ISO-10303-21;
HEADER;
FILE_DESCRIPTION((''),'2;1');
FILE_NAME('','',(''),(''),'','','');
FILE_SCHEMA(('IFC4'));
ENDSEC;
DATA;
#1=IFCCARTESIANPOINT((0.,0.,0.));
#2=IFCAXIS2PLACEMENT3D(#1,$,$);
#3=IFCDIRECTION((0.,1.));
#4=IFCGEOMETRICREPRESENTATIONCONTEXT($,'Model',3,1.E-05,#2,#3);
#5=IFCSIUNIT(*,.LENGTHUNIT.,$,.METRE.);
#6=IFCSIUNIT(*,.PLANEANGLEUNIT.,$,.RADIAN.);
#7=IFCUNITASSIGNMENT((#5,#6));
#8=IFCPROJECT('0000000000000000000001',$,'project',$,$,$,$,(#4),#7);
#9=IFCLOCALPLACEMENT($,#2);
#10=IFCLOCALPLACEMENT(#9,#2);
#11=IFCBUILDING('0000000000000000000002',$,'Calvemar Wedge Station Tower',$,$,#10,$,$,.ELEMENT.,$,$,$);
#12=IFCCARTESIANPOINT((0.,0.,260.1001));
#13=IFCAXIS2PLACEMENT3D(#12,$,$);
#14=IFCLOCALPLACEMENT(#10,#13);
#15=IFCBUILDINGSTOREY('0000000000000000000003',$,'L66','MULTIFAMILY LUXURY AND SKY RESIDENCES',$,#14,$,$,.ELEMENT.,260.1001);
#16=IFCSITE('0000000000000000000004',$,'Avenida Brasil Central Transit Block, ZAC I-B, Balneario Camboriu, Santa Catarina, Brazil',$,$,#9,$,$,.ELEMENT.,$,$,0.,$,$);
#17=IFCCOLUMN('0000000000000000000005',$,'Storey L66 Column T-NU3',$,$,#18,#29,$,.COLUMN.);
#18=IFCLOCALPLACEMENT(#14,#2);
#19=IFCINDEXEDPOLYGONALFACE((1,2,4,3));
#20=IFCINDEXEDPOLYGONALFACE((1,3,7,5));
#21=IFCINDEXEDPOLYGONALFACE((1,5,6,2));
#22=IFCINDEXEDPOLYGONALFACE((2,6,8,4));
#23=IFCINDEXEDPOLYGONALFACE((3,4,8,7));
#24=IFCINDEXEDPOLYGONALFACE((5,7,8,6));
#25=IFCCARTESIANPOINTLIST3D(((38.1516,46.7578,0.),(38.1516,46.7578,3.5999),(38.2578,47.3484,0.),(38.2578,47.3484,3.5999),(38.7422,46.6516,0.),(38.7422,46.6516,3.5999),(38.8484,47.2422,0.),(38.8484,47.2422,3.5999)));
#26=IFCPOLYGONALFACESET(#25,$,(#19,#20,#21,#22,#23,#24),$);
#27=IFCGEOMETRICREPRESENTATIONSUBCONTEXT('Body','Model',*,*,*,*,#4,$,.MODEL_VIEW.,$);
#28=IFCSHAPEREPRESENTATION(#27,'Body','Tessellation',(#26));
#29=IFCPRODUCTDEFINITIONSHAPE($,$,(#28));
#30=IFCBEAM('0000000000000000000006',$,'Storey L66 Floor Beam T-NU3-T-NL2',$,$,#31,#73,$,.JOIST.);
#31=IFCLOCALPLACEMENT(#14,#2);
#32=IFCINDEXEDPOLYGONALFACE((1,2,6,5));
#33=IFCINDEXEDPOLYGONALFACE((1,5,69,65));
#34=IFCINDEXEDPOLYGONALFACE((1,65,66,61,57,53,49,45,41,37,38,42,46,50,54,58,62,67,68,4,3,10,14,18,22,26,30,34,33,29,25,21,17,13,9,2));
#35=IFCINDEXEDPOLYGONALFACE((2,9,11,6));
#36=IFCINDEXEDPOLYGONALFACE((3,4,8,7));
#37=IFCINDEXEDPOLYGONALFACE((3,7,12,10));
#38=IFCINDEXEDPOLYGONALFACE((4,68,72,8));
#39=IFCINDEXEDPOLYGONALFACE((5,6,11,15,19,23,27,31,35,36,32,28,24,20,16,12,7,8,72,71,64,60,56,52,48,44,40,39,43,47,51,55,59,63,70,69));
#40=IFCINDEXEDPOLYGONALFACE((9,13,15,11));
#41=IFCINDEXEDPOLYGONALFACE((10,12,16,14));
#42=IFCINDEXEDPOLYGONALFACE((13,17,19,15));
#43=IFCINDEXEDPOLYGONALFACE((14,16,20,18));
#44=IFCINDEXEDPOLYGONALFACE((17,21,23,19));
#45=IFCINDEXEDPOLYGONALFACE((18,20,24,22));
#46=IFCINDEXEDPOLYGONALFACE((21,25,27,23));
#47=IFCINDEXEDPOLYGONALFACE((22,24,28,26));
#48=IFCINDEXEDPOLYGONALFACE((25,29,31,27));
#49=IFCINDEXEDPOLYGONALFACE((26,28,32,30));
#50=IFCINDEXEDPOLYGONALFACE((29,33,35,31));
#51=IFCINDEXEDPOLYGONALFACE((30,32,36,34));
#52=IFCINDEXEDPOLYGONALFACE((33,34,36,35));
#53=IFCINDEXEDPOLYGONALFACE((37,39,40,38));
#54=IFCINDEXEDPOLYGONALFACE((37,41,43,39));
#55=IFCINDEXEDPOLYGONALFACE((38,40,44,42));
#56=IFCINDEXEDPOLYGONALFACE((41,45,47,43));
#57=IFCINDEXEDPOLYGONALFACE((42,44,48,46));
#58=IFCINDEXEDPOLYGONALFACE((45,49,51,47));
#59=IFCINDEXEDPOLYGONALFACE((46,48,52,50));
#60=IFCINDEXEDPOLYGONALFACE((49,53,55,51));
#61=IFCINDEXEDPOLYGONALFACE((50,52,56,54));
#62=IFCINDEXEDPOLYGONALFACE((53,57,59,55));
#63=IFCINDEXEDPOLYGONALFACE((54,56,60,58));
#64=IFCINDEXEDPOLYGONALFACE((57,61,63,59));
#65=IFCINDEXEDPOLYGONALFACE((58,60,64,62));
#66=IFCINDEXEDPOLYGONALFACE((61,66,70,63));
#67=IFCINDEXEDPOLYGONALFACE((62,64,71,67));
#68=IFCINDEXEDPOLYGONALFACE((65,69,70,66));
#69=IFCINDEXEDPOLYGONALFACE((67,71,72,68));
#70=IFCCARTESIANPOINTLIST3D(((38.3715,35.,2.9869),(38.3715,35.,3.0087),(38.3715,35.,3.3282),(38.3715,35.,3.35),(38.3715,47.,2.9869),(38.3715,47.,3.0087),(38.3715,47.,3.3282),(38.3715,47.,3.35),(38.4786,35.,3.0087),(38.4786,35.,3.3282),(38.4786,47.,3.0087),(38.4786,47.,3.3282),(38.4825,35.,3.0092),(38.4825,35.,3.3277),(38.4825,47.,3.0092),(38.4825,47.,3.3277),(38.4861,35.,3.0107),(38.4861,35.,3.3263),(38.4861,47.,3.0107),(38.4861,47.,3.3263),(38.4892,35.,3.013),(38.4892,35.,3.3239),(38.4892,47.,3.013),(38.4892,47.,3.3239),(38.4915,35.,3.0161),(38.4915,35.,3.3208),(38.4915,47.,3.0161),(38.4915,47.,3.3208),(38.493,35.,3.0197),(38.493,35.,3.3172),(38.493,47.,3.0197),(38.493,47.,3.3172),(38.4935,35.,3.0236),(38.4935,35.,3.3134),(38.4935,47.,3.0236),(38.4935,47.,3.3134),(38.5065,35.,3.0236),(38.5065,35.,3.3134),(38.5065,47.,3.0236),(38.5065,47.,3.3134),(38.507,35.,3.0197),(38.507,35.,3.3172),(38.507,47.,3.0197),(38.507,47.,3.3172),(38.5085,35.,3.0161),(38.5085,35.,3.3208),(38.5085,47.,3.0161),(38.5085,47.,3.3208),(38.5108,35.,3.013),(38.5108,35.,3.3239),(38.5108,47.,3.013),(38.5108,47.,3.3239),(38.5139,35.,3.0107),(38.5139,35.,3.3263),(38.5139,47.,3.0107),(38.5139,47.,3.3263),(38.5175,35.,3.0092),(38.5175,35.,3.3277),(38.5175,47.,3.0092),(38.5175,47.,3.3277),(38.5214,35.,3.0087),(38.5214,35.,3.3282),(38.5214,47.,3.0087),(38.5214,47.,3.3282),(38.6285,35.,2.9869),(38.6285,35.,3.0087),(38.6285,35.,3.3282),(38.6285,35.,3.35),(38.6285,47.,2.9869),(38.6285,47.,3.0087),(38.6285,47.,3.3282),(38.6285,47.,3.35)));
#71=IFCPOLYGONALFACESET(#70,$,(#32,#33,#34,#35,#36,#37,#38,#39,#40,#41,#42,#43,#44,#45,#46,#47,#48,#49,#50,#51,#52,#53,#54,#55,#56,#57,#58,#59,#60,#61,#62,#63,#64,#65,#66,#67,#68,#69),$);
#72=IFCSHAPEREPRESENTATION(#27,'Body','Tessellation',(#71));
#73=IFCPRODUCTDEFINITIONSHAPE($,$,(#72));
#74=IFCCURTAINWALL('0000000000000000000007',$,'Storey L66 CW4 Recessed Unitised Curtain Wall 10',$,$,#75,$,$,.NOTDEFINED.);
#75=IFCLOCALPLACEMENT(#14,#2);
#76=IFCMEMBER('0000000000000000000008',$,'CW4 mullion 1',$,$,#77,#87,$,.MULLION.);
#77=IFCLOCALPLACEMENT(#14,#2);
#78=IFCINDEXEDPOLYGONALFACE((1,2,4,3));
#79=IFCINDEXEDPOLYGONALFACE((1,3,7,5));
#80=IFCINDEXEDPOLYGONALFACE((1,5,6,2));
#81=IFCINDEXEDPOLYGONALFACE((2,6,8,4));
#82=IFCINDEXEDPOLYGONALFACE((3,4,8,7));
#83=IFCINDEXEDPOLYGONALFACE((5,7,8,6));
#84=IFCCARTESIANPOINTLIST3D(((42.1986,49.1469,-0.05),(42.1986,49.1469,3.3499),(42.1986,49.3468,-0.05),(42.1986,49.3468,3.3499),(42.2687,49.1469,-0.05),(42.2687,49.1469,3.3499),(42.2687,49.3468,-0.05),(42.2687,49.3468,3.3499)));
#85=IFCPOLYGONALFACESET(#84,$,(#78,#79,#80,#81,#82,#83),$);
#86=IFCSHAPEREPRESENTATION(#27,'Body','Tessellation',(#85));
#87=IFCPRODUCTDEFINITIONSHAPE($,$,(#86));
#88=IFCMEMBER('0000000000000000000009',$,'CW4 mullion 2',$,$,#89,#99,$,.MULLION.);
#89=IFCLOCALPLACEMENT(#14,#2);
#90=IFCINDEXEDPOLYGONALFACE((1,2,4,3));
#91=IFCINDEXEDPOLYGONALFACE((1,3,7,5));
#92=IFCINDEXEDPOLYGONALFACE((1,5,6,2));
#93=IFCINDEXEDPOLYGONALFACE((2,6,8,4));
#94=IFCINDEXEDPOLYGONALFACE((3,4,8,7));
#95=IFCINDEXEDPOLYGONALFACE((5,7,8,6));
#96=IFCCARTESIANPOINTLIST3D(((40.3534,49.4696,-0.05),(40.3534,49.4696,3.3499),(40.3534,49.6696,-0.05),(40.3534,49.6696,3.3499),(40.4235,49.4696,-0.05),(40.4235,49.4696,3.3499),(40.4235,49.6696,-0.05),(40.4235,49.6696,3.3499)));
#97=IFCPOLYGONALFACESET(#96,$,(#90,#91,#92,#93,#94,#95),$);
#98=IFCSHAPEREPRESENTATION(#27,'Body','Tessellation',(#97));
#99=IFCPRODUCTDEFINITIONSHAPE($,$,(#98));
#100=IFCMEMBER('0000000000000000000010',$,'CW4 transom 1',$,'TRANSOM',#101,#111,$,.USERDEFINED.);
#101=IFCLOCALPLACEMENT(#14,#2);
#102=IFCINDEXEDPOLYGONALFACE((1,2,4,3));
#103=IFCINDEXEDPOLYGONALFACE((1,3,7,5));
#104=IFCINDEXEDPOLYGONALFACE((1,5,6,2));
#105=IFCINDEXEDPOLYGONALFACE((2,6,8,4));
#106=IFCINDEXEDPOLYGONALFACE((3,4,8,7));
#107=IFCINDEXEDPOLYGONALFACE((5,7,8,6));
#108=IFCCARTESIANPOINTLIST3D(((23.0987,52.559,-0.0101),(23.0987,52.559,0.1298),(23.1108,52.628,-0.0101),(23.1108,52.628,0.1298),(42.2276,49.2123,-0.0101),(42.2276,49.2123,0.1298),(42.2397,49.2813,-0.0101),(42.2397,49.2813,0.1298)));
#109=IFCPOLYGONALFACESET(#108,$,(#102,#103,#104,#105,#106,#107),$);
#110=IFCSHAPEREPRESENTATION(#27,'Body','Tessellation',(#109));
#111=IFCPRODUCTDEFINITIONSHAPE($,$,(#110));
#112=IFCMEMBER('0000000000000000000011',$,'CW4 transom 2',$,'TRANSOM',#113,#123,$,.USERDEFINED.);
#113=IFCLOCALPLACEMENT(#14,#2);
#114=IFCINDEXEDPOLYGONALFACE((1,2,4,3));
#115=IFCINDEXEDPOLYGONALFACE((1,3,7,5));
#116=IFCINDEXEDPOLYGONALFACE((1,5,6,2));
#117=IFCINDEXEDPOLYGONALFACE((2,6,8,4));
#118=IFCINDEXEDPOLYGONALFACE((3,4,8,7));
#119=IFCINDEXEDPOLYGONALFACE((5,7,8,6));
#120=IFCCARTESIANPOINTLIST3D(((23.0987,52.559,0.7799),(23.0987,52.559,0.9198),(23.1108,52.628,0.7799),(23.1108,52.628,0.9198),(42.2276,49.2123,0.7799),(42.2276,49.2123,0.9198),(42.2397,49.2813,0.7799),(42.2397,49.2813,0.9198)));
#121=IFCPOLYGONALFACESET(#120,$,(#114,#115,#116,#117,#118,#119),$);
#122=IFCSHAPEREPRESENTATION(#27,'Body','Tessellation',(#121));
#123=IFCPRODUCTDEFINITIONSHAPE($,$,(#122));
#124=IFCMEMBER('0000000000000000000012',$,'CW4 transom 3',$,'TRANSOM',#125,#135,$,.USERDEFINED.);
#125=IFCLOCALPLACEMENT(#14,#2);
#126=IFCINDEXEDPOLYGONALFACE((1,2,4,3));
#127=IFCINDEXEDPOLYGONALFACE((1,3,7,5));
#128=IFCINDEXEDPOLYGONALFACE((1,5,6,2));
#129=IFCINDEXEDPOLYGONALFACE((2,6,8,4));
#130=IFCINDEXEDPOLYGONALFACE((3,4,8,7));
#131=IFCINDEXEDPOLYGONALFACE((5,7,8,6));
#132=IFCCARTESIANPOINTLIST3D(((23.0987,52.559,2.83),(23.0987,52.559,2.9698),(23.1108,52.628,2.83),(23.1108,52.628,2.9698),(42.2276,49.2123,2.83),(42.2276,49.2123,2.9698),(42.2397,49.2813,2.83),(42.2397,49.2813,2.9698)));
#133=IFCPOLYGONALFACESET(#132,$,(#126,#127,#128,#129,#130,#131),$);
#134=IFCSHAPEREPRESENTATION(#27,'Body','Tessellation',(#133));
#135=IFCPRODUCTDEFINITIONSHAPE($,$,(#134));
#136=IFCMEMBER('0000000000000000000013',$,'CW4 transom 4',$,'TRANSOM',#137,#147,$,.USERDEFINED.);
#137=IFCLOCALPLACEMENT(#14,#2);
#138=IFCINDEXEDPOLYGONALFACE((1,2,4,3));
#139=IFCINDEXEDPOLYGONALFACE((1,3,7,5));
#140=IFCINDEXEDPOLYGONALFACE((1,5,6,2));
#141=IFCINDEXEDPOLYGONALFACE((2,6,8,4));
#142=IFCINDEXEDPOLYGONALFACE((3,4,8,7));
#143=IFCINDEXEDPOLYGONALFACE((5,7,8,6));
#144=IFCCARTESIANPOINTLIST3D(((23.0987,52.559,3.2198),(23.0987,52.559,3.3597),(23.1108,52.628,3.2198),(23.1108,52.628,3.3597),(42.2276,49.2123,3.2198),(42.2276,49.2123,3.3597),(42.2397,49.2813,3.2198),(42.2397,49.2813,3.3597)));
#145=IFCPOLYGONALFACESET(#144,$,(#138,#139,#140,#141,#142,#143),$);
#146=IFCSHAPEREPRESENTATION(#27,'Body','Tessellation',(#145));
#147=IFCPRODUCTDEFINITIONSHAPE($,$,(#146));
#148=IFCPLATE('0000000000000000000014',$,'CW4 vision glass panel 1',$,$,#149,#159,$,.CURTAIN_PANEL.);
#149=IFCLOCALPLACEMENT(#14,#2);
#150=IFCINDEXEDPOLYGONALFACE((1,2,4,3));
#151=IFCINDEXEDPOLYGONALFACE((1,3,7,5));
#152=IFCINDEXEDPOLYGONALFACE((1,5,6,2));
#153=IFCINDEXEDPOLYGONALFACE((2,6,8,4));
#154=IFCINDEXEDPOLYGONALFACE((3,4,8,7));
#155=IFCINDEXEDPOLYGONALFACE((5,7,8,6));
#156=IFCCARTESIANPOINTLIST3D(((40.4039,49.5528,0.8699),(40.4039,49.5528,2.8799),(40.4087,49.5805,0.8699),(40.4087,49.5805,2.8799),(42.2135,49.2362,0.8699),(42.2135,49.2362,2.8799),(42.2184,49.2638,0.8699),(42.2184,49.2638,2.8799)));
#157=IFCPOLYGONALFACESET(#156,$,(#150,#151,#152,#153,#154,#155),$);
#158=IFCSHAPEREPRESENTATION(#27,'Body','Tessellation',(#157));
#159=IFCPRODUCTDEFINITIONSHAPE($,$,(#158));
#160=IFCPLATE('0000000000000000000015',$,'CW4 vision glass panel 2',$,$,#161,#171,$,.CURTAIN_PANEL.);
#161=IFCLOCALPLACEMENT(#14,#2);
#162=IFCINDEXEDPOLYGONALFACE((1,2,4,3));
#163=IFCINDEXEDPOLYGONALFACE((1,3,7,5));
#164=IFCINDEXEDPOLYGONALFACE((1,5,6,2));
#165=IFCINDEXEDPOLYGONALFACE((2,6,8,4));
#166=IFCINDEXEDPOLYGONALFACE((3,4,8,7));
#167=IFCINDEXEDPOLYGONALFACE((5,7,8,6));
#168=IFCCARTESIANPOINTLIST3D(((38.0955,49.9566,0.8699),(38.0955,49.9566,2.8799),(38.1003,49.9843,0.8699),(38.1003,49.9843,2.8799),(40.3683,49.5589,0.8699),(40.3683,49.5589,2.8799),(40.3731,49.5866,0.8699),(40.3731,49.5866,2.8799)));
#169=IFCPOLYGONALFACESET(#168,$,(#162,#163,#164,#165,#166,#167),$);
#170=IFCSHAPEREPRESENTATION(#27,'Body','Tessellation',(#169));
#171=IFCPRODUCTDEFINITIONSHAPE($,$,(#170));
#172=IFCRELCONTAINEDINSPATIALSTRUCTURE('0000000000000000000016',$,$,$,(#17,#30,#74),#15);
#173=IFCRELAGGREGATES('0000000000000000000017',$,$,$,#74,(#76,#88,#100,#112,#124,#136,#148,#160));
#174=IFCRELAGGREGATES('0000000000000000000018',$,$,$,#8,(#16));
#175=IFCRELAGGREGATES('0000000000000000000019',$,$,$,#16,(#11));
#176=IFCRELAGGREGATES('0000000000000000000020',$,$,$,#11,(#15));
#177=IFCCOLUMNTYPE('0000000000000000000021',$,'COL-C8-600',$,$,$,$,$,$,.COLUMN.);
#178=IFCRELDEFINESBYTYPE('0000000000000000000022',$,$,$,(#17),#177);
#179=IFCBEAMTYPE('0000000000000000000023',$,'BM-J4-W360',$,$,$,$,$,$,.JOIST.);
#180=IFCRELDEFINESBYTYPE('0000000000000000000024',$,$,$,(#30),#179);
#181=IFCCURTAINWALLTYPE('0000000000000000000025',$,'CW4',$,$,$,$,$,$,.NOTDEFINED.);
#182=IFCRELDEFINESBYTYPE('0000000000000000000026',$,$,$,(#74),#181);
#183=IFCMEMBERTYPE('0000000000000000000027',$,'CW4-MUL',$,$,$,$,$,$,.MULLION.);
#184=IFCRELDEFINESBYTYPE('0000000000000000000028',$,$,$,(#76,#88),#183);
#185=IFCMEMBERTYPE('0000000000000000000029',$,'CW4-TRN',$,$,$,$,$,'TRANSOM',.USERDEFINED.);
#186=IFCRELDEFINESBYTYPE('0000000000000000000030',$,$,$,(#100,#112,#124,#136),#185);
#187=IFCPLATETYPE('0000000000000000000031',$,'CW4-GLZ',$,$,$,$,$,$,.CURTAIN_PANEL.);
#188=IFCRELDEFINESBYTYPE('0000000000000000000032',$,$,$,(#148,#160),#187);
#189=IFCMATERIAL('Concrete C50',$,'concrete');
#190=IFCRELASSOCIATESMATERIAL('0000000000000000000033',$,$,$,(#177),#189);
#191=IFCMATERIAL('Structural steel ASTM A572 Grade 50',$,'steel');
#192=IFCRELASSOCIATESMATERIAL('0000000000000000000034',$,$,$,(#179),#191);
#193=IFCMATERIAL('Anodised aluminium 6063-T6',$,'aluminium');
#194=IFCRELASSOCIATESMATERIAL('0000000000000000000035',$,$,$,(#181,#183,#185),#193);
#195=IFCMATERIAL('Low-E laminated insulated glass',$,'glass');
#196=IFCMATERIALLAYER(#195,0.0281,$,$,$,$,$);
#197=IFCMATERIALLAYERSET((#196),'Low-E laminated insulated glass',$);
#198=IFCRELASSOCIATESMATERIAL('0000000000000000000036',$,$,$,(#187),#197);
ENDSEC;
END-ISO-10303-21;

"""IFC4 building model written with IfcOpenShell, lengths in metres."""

from ifc_helpers import new_model, si_unit, direction, frame, frame_2d, origin, origin_2d, place, context, subcontext, project, spatial, rectangle, i_section, extrude, source, transform, mapped, material, layer, layer_set, material_profile, profile_set, type_object, element, aggregate, save


model = new_model("IFC4")

# Units and contexts
model_context = context("Model", 3, precision=1e-05, world=origin(), true_north=direction((0.0, 1.0)))
body_context = subcontext(model_context, "Body", "Model", "MODEL_VIEW")
ifc_project = project(units=[si_unit("LENGTHUNIT", "METRE"), si_unit("PLANEANGLEUNIT", "RADIAN")], contexts=[model_context])

# Site, building, storey
site_placement = place(None, origin())
site = spatial("IfcSite", under=ifc_project, at=site_placement, Name="Avenida Brasil Central Transit Block, ZAC I-B, Balneario Camboriu, Santa Catarina, Brazil", CompositionType="ELEMENT", RefElevation=0.0)
building_placement = place(site_placement, origin())
building = spatial("IfcBuilding", under=site, at=building_placement, Name="Calvemar Wedge Station Tower", CompositionType="ELEMENT")
storey_placement = place(building_placement, frame((0.0, 0.0, 260.1001)))
storey = spatial("IfcBuildingStorey", under=building, at=storey_placement, Name="L66", Description="MULTIFAMILY LUXURY AND SKY RESIDENCES", CompositionType="ELEMENT", Elevation=260.1001)

# Column
ifc_material_1 = material(Name="Concrete C50", Category="concrete")
ifc_material_profile_1 = material_profile(ifc_material_1, rectangle(XDim=0.6001, YDim=0.6001, at=origin_2d()), Name="RC600x600")
ifc_profile_set_1 = profile_set([ifc_material_profile_1], Name="Concrete C50")
column_type = type_object("IfcColumnType", Name="COL-C8-600", PredefinedType="COLUMN", material=ifc_profile_set_1)
shared_shape_1 = source(origin(), body_context, "Body", "SweptSolid", [
    extrude(rectangle(XDim=0.6001, YDim=0.6001, at=origin_2d()), origin(), (0.0, 0.0, 1.0), 3.5999),
])
column_placement = place(storey_placement, frame((38.5, 47.0, 0.0), z_axis=(0.0, 0.0, 1.0), x_axis=(0.984196, -0.177085, 0.0)))
element("IfcColumn", 1, at=column_placement, inside=storey, type_object=column_type, Name="Storey L66 Column T-NU3", PredefinedType="COLUMN", context=body_context, shape_type="MappedRepresentation", body=[
    mapped(shared_shape_1, transform((0.0, 0.0, 0.0), scale=1.0)),
])

# Beam
ifc_material_2 = material(Name="Structural steel ASTM A572 Grade 50", Category="steel")
ifc_material_profile_2 = material_profile(ifc_material_2, i_section(OverallWidth=0.2571, OverallDepth=0.363, WebThickness=0.0129, FlangeThickness=0.0217, FilletRadius=0.0149, at=origin_2d()), Name="W360x122")
ifc_profile_set_2 = profile_set([ifc_material_profile_2], Name="Structural steel ASTM A572 Grade 50")
beam_type = type_object("IfcBeamType", Name="BM-J4-W360", PredefinedType="JOIST", material=ifc_profile_set_2)
shared_shape_2 = source(origin(), body_context, "Body", "SweptSolid", [
    extrude(i_section(OverallWidth=0.2571, OverallDepth=0.363, WebThickness=0.0129, FlangeThickness=0.0217, FilletRadius=0.0149, at=origin_2d()), origin(), (0.0, 0.0, 1.0), 12.0),
])
beam_placement = place(storey_placement, frame((38.5, 47.0, 3.1685), z_axis=(0.0, -1.0, 0.0), x_axis=(1.0, 0.0, 0.0)))
element("IfcBeam", 2, at=beam_placement, inside=storey, type_object=beam_type, Name="Storey L66 Floor Beam T-NU3-T-NL2", PredefinedType="JOIST", context=body_context, shape_type="MappedRepresentation", body=[
    mapped(shared_shape_2, transform((0.0, 0.0, 0.0), scale=1.0)),
])

# Curtain wall, members, plates
ifc_material_3 = material(Name="Anodised aluminium 6063-T6", Category="aluminium")
curtain_wall_type = type_object("IfcCurtainWallType", Name="CW4", PredefinedType="NOTDEFINED", material=ifc_material_3)
curtain_wall_placement = place(storey_placement, origin())
curtain_wall = element("IfcCurtainWall", 3, at=curtain_wall_placement, inside=storey, type_object=curtain_wall_type, Name="Storey L66 CW4 Recessed Unitised Curtain Wall 10", PredefinedType="NOTDEFINED")
ifc_material_profile_3 = material_profile(ifc_material_3, rectangle(XDim=0.0701, YDim=0.2, at=origin_2d()), Name="AL-MUL-70x200")
ifc_profile_set_3 = profile_set([ifc_material_profile_3], Name="Anodised aluminium 6063-T6")
member_type_1 = type_object("IfcMemberType", Name="CW4-MUL", PredefinedType="MULLION", material=ifc_profile_set_3)
shared_shape_3 = source(origin(), body_context, "Body", "SweptSolid", [
    extrude(rectangle(XDim=0.0701, YDim=0.2, at=origin_2d()), origin(), (0.0, 0.0, 1.0), 3.3999),
])
member_1_placement = place(storey_placement, frame((42.2336, 49.2468, -0.05), z_axis=(0.0, 0.0, 1.0), x_axis=(1.0, 0.0, 0.0)))
member_1 = element("IfcMember", 4, at=member_1_placement, type_object=member_type_1, Name="CW4 mullion 1", PredefinedType="MULLION", context=body_context, shape_type="MappedRepresentation", body=[
    mapped(shared_shape_3, transform((0.0, 0.0, 0.0), scale=1.0)),
])
member_2_placement = place(storey_placement, frame((40.3884, 49.5696, -0.05), z_axis=(0.0, 0.0, 1.0), x_axis=(1.0, 0.0, 0.0)))
member_2 = element("IfcMember", 5, at=member_2_placement, type_object=member_type_1, Name="CW4 mullion 2", PredefinedType="MULLION", context=body_context, shape_type="MappedRepresentation", body=[
    mapped(shared_shape_3, transform((0.0, 0.0, 0.0), scale=1.0)),
])
ifc_material_profile_4 = material_profile(ifc_material_3, rectangle(XDim=0.0701, YDim=0.1399, at=origin_2d()), Name="AL-TRN-70x140")
ifc_profile_set_4 = profile_set([ifc_material_profile_4], Name="Anodised aluminium 6063-T6")
member_type_2 = type_object("IfcMemberType", Name="CW4-TRN", ElementType="TRANSOM", PredefinedType="USERDEFINED", material=ifc_profile_set_4)
shared_shape_4 = source(origin(), body_context, "Body", "SweptSolid", [
    extrude(rectangle(XDim=0.0701, YDim=0.1399, at=origin_2d()), origin(), (0.0, 0.0, 1.0), 19.4194),
])
member_3_placement = place(storey_placement, frame((42.2336, 49.2468, 0.0598), z_axis=(-0.985038, 0.172336, 0.0), x_axis=(-0.172336, -0.985038, 0.0)))
member_3 = element("IfcMember", 6, at=member_3_placement, type_object=member_type_2, Name="CW4 transom 1", ObjectType="TRANSOM", PredefinedType="USERDEFINED", context=body_context, shape_type="MappedRepresentation", body=[
    mapped(shared_shape_4, transform((0.0, 0.0, 0.0), scale=1.0)),
])
member_4_placement = place(storey_placement, frame((42.2336, 49.2468, 0.8499), z_axis=(-0.985038, 0.172336, 0.0), x_axis=(-0.172336, -0.985038, 0.0)))
member_4 = element("IfcMember", 7, at=member_4_placement, type_object=member_type_2, Name="CW4 transom 2", ObjectType="TRANSOM", PredefinedType="USERDEFINED", context=body_context, shape_type="MappedRepresentation", body=[
    mapped(shared_shape_4, transform((0.0, 0.0, 0.0), scale=1.0)),
])
member_5_placement = place(storey_placement, frame((42.2336, 49.2468, 2.8999), z_axis=(-0.985038, 0.172336, 0.0), x_axis=(-0.172336, -0.985038, 0.0)))
member_5 = element("IfcMember", 8, at=member_5_placement, type_object=member_type_2, Name="CW4 transom 3", ObjectType="TRANSOM", PredefinedType="USERDEFINED", context=body_context, shape_type="MappedRepresentation", body=[
    mapped(shared_shape_4, transform((0.0, 0.0, 0.0), scale=1.0)),
])
member_6_placement = place(storey_placement, frame((42.2336, 49.2468, 3.2898), z_axis=(-0.985038, 0.172336, 0.0), x_axis=(-0.172336, -0.985038, 0.0)))
member_6 = element("IfcMember", 9, at=member_6_placement, type_object=member_type_2, Name="CW4 transom 4", ObjectType="TRANSOM", PredefinedType="USERDEFINED", context=body_context, shape_type="MappedRepresentation", body=[
    mapped(shared_shape_4, transform((0.0, 0.0, 0.0), scale=1.0)),
])
ifc_material_4 = material(Name="Low-E laminated insulated glass", Category="glass")
ifc_layer_1 = layer(ifc_material_4, 0.0281)
ifc_layer_set_1 = layer_set([ifc_layer_1], Name="Low-E laminated insulated glass")
plate_type_1 = type_object("IfcPlateType", Name="CW4-GLZ", PredefinedType="CURTAIN_PANEL", material=ifc_layer_set_1)
plate_1_placement = place(storey_placement, frame((42.2158, 49.25, 0.8699), z_axis=(0.0, 0.0, 1.0), x_axis=(-0.985033, 0.172367, 0.0)))
plate_1 = element("IfcPlate", 10, at=plate_1_placement, type_object=plate_type_1, Name="CW4 vision glass panel 1", PredefinedType="CURTAIN_PANEL", context=body_context, shape_type="SweptSolid", body=[
    extrude(rectangle(XDim=1.8372, YDim=0.0281, at=frame_2d((0.9185, 0.0))), origin(), (0.0, 0.0, 1.0), 2.01),
])
plate_2_placement = place(storey_placement, frame((40.3708, 49.5728, 0.8699), z_axis=(0.0, 0.0, 1.0), x_axis=(-0.985035, 0.172355, 0.0)))
plate_2 = element("IfcPlate", 11, at=plate_2_placement, type_object=plate_type_1, Name="CW4 vision glass panel 2", PredefinedType="CURTAIN_PANEL", context=body_context, shape_type="SweptSolid", body=[
    extrude(rectangle(XDim=2.3074, YDim=0.0281, at=frame_2d((1.1538, 0.0))), origin(), (0.0, 0.0, 1.0), 2.01),
])
aggregate(curtain_wall, [member_1, member_2, member_3, member_4, member_5, member_6, plate_1, plate_2])

save(model, "model.ifc")
